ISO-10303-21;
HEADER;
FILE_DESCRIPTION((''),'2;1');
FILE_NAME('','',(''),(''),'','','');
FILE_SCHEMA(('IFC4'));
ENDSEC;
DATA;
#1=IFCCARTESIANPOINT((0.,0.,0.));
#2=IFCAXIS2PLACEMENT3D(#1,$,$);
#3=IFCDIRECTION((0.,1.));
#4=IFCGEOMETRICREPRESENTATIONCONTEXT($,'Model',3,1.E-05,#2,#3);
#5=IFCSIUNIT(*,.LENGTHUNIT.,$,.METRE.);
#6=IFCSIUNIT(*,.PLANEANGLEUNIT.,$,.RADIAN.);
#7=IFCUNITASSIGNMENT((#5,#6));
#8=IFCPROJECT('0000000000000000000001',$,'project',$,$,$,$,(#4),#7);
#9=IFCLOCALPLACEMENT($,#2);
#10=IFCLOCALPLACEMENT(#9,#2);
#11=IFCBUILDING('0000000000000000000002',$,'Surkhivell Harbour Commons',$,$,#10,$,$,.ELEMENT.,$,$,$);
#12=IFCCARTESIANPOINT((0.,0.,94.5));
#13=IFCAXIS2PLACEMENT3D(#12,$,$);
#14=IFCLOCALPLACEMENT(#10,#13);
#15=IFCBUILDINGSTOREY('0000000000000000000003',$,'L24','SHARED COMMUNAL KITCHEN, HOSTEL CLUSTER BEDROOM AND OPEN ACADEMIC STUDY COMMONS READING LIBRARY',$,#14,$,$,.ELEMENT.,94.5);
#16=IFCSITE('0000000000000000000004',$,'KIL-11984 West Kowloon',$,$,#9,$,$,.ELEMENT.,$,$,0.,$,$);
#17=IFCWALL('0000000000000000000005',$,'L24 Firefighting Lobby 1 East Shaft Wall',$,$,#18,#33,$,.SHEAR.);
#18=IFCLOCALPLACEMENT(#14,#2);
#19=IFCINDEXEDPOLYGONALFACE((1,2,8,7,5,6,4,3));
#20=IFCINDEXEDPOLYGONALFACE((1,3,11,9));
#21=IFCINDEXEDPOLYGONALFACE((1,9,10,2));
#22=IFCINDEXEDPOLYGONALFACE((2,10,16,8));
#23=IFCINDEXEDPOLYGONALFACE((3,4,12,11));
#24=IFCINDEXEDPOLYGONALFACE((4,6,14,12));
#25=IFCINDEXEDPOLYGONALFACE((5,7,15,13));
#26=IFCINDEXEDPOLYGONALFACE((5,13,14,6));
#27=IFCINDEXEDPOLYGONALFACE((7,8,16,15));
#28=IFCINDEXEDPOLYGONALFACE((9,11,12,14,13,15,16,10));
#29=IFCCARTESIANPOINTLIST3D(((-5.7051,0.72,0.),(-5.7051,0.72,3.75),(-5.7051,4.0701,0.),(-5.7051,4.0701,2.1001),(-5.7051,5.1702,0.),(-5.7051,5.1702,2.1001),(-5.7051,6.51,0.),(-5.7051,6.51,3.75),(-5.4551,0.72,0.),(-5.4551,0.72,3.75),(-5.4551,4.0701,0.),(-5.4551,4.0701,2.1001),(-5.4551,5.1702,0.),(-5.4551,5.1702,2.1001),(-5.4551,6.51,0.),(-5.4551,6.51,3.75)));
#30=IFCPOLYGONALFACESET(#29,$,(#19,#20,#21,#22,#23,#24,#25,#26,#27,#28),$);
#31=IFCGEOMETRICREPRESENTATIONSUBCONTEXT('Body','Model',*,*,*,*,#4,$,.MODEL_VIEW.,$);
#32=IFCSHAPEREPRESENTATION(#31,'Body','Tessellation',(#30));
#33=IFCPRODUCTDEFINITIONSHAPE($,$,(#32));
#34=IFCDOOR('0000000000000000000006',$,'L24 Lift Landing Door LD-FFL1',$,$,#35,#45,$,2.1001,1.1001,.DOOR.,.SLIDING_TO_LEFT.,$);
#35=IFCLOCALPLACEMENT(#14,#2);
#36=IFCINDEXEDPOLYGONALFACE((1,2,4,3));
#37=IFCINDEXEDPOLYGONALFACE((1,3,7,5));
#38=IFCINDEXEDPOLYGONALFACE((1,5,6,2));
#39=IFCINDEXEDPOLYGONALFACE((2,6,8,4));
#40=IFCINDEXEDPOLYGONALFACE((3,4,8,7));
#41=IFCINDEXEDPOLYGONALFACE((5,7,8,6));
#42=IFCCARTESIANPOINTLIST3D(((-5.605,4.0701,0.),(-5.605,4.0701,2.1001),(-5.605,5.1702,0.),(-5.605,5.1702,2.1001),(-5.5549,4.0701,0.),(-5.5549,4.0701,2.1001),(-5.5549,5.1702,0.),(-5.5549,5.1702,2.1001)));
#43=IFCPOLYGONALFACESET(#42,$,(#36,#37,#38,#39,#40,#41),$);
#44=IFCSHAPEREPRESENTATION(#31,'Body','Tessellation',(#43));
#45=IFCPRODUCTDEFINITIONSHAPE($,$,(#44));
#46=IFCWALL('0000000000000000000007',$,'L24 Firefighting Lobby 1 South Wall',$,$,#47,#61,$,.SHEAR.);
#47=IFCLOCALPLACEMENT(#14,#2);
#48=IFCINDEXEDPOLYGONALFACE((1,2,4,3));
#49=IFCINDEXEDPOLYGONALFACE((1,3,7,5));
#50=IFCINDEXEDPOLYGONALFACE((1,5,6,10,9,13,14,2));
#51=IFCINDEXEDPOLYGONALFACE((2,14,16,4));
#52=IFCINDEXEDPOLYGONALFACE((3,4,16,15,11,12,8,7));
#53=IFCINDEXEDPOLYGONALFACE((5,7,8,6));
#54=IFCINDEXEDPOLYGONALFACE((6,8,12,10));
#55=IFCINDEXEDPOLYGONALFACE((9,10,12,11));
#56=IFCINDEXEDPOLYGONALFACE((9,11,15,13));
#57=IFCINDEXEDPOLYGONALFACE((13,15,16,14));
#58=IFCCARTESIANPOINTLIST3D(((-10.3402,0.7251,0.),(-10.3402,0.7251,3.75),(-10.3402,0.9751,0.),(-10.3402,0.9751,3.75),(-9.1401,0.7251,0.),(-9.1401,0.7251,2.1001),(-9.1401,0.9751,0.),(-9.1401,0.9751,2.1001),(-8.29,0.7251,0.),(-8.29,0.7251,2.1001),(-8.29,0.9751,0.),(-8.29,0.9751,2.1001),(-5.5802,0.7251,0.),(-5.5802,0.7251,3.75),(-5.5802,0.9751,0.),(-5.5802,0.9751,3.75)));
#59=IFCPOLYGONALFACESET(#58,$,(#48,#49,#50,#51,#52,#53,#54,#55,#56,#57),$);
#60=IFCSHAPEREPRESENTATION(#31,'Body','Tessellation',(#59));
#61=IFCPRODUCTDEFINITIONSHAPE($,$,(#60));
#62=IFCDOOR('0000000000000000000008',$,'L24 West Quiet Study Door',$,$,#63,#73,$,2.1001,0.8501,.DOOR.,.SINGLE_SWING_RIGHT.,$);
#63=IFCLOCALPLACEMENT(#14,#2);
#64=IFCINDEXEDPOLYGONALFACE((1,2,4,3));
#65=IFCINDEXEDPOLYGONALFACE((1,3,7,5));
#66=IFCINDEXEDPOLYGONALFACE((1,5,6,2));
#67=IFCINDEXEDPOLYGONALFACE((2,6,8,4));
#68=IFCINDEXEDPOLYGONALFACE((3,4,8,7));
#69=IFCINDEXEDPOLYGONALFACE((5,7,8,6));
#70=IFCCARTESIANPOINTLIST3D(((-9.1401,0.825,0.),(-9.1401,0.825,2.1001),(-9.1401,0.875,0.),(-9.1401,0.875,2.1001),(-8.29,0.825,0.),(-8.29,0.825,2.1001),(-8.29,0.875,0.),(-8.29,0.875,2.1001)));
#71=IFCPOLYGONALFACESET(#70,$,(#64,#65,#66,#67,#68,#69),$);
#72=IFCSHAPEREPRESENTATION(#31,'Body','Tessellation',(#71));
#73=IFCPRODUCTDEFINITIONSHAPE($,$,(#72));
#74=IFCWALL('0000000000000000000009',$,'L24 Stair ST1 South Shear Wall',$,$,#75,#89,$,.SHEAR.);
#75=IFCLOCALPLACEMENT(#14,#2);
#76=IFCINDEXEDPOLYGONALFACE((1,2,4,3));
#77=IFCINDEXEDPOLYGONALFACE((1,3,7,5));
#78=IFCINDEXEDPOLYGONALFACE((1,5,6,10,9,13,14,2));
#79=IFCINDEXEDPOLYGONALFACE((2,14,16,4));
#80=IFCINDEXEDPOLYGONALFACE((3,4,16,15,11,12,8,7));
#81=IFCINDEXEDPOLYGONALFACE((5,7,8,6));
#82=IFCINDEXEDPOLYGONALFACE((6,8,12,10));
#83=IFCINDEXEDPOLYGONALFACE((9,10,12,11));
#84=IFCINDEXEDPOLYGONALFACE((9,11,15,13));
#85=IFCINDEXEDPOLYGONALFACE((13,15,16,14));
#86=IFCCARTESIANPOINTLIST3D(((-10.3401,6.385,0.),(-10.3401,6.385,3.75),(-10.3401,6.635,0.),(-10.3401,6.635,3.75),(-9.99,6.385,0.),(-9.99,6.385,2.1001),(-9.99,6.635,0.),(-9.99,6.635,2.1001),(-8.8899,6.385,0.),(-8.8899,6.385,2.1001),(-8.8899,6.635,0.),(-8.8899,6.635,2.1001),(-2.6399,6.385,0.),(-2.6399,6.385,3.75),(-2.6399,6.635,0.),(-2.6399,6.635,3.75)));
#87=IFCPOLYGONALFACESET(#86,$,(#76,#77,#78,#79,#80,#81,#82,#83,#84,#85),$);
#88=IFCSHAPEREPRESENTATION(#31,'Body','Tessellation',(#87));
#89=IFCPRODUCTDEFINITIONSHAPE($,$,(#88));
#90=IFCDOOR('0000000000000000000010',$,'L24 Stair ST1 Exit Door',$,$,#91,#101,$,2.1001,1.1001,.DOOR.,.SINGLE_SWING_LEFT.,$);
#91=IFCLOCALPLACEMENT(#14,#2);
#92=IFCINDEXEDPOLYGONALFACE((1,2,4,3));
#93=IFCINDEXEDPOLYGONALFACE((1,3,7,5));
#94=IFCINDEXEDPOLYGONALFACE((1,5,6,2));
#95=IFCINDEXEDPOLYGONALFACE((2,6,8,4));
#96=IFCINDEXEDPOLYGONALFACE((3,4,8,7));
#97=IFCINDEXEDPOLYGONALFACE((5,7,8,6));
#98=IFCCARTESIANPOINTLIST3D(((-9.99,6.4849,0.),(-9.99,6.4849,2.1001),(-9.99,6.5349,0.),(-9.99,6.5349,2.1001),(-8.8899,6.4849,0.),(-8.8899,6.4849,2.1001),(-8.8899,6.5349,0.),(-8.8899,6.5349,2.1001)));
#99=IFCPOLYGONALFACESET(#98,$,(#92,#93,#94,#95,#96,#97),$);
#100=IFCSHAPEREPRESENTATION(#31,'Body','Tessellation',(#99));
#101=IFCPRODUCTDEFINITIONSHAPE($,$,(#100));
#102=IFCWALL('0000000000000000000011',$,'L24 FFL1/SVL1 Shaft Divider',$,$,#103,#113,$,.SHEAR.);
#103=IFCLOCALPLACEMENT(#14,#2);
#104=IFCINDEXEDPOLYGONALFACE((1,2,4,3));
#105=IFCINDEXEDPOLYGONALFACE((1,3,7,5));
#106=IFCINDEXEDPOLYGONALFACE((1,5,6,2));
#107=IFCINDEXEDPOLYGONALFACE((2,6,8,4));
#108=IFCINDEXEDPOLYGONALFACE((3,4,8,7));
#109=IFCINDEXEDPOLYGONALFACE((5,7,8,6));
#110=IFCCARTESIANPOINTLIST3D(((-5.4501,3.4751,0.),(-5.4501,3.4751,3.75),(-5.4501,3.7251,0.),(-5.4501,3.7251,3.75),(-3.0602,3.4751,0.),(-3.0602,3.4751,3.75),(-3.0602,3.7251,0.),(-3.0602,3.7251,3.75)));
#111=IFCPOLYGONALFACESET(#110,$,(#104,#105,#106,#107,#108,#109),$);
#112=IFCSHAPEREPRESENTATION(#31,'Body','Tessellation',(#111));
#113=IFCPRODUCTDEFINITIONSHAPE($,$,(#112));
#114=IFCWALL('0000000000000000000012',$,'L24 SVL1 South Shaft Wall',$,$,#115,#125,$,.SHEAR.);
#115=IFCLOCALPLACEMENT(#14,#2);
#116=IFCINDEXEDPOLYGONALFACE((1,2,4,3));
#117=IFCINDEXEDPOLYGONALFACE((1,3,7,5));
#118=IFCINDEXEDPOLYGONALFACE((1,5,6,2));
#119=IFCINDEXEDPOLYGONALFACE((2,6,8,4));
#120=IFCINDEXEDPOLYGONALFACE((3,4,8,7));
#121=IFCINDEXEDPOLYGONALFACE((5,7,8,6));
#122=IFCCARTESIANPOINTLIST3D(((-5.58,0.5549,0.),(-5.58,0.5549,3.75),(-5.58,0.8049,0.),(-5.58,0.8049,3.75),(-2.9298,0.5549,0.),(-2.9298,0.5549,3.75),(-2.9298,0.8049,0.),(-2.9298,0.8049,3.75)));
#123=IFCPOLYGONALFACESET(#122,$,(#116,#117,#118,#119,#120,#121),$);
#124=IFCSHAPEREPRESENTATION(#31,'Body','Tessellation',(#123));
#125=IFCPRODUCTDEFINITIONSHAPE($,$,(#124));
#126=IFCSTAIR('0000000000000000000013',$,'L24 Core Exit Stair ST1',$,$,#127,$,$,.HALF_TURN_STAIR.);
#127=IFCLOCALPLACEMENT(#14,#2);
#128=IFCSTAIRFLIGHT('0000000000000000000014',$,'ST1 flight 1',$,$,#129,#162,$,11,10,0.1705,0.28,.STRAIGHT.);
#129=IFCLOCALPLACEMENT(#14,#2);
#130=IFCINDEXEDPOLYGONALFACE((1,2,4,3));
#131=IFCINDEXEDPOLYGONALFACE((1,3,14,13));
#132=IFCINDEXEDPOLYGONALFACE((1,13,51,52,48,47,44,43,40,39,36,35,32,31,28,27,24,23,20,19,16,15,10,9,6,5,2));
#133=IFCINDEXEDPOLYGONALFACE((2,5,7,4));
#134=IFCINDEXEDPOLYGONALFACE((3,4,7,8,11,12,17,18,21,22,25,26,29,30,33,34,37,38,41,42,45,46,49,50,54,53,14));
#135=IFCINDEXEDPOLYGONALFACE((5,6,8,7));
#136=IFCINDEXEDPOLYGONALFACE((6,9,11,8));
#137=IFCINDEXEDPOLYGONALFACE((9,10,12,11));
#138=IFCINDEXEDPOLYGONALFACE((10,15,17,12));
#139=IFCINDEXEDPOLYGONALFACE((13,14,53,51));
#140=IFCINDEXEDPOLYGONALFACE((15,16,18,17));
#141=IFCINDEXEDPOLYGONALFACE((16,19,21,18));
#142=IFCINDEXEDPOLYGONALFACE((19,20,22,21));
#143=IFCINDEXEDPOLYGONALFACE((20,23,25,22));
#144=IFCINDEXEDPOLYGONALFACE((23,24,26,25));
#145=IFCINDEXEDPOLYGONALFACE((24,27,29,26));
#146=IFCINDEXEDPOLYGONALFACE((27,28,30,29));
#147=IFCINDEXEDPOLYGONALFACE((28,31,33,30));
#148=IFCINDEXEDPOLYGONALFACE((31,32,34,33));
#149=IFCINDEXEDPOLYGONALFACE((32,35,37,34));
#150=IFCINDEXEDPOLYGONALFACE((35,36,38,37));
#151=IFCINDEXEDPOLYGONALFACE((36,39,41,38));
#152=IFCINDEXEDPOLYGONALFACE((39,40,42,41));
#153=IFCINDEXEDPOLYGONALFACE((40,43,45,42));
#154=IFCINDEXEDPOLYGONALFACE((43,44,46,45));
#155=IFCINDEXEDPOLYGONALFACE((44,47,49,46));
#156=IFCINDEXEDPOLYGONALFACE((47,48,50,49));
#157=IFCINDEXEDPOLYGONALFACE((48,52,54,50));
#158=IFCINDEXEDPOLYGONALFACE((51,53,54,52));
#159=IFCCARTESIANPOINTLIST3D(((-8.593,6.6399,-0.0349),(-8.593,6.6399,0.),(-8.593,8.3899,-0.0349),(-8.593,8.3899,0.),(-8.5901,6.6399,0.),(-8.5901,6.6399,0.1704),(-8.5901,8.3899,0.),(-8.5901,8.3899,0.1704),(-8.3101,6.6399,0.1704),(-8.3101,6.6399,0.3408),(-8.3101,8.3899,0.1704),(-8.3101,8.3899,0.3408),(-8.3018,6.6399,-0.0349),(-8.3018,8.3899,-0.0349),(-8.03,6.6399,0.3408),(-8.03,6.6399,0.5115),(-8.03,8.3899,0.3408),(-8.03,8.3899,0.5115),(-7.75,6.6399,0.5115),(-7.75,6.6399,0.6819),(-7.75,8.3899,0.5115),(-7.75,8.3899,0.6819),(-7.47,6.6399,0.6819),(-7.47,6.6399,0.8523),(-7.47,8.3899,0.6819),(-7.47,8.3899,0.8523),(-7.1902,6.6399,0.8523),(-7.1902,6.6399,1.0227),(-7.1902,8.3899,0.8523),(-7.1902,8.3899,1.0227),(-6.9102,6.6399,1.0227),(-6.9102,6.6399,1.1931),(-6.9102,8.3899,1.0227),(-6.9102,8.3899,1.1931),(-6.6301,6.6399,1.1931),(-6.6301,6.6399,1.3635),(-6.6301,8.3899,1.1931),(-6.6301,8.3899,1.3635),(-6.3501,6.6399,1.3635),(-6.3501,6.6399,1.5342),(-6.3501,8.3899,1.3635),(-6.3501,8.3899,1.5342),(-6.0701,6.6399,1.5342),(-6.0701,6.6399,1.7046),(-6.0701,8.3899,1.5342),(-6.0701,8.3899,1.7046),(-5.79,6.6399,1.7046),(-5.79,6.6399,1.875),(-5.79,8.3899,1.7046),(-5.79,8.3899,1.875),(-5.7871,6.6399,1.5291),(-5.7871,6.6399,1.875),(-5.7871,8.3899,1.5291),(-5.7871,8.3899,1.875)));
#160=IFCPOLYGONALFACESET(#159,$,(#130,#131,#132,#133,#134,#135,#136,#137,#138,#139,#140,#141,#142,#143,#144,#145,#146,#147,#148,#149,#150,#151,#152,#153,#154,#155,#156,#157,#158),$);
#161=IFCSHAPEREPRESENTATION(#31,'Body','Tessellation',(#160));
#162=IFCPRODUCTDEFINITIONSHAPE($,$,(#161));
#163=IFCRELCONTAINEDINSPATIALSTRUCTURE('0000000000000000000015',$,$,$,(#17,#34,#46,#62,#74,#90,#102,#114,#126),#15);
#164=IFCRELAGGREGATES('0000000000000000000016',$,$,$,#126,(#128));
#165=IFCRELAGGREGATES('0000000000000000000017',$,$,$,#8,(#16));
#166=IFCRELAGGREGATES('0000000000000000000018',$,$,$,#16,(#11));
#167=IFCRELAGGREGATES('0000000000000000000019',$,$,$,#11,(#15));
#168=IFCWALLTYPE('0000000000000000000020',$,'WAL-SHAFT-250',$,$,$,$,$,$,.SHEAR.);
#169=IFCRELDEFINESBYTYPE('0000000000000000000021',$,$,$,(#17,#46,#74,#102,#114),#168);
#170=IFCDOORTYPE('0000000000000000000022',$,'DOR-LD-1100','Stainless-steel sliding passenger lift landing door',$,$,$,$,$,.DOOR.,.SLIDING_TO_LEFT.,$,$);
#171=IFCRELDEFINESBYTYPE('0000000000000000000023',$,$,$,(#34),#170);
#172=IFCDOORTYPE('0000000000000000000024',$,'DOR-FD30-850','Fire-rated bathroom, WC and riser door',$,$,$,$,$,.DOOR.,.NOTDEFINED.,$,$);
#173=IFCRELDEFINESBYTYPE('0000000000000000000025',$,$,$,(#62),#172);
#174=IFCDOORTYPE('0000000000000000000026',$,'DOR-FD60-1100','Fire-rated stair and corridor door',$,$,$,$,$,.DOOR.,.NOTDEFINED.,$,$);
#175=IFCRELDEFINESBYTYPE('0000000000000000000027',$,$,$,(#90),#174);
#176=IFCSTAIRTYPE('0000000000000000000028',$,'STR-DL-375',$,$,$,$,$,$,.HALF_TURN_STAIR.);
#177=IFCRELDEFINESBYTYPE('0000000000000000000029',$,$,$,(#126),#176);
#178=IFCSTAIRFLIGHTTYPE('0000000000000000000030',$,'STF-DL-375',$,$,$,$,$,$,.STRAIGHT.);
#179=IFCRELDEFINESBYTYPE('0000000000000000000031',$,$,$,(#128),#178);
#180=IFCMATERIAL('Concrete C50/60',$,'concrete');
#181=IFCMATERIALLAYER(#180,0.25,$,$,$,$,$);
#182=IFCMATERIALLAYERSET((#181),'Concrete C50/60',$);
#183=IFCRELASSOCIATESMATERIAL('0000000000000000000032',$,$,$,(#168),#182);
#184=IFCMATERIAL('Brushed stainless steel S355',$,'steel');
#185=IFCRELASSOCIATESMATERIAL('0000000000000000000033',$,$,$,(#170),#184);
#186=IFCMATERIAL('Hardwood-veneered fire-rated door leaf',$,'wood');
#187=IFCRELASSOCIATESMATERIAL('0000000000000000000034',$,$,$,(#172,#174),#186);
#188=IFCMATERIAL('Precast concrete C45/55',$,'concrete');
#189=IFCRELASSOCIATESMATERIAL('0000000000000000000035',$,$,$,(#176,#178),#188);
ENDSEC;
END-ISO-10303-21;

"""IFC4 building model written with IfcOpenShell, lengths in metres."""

from ifc_helpers import new_model, si_unit, direction, frame, frame_2d, origin, place, context, subcontext, project, spatial, polyline, rectangle, outline, extrude, material, layer, layer_set, type_object, element, fill, aggregate, save


model = new_model("IFC4")

# Units and contexts
model_context = context("Model", 3, precision=1e-05, world=origin(), true_north=direction((0.0, 1.0)))
body_context = subcontext(model_context, "Body", "Model", "MODEL_VIEW")
ifc_project = project(units=[si_unit("LENGTHUNIT", "METRE"), si_unit("PLANEANGLEUNIT", "RADIAN")], contexts=[model_context])

# Site, building, storey
site_placement = place(None, origin())
site = spatial("IfcSite", under=ifc_project, at=site_placement, Name="KIL-11984 West Kowloon", CompositionType="ELEMENT", RefElevation=0.0)
building_placement = place(site_placement, origin())
building = spatial("IfcBuilding", under=site, at=building_placement, Name="Surkhivell Harbour Commons", CompositionType="ELEMENT")
storey_placement = place(building_placement, frame((0.0, 0.0, 94.5)))
storey = spatial("IfcBuildingStorey", under=building, at=storey_placement, Name="L24", Description="SHARED COMMUNAL KITCHEN, HOSTEL CLUSTER BEDROOM AND OPEN ACADEMIC STUDY COMMONS READING LIBRARY", CompositionType="ELEMENT", Elevation=94.5)

# Shared definitions
ifc_material_1 = material(Name="Hardwood-veneered fire-rated door leaf", Category="wood")

# Walls, openings, doors
ifc_material_2 = material(Name="Concrete C50/60", Category="concrete")
ifc_layer_1 = layer(ifc_material_2, 0.25)
ifc_layer_set_1 = layer_set([ifc_layer_1], Name="Concrete C50/60")
wall_type_1 = type_object("IfcWallType", Name="WAL-SHAFT-250", PredefinedType="SHEAR", material=ifc_layer_set_1)
wall_1_placement = place(storey_placement, frame((-5.5801, 0.72, 0.0), z_axis=(0.0, 0.0, 1.0), x_axis=(0.0, 1.0, 0.0)))
wall_1 = element("IfcWall", 1, at=wall_1_placement, inside=storey, type_object=wall_type_1, Name="L24 Firefighting Lobby 1 East Shaft Wall", PredefinedType="SHEAR", context=body_context, shape_type="SweptSolid", body=[
    extrude(rectangle(XDim=5.79, YDim=0.25, at=frame_2d((2.895, 0.0))), origin(), (0.0, 0.0, 1.0), 3.75),
])
opening_1_placement = place(wall_1_placement, frame((3.3501, 0.0, 0.0)))
opening_1 = element("IfcOpeningElement", 2, at=opening_1_placement, cuts=wall_1, PredefinedType="OPENING", context=body_context, shape_type="SweptSolid", body=[
    extrude(rectangle(XDim=1.1001, YDim=2.1001, at=frame_2d((0.55, 1.05))), frame((0.0, 0.135, 0.0), z_axis=(0.0, -1.0, 0.0), x_axis=(1.0, 0.0, 0.0)), (0.0, 0.0, 1.0), 0.27),
])
ifc_material_3 = material(Name="Brushed stainless steel S355", Category="steel")
door_type_1 = type_object("IfcDoorType", Name="DOR-LD-1100", Description="Stainless-steel sliding passenger lift landing door", OperationType="SLIDING_TO_LEFT", PredefinedType="DOOR", material=ifc_material_3)
door_1_placement = place(opening_1_placement, origin())
door_1 = element("IfcDoor", 3, at=door_1_placement, inside=storey, type_object=door_type_1, Name="L24 Lift Landing Door LD-FFL1", OperationType="SLIDING_TO_LEFT", OverallHeight=2.1001, OverallWidth=1.1001, PredefinedType="DOOR", context=body_context, shape_type="SweptSolid", body=[
    extrude(rectangle(XDim=1.1001, YDim=2.1001, at=frame_2d((0.55, 1.05))), frame((0.0, 0.0249, 0.0), z_axis=(0.0, -1.0, 0.0), x_axis=(1.0, 0.0, 0.0)), (0.0, 0.0, 1.0), 0.05),
])
fill(opening_1, door_1)
wall_2_placement = place(storey_placement, frame((-10.3401, 0.8501, 0.0), z_axis=(0.0, 0.0, 1.0), x_axis=(1.0, 0.0, 0.0)))
wall_2 = element("IfcWall", 4, at=wall_2_placement, inside=storey, type_object=wall_type_1, Name="L24 Firefighting Lobby 1 South Wall", PredefinedType="SHEAR", context=body_context, shape_type="SweptSolid", body=[
    extrude(rectangle(XDim=4.76, YDim=0.25, at=frame_2d((2.3799, 0.0))), origin(), (0.0, 0.0, 1.0), 3.75),
])
opening_2_placement = place(wall_2_placement, frame((1.2, 0.0, 0.0)))
opening_2 = element("IfcOpeningElement", 5, at=opening_2_placement, cuts=wall_2, PredefinedType="OPENING", context=body_context, shape_type="SweptSolid", body=[
    extrude(rectangle(XDim=0.8501, YDim=2.1001, at=frame_2d((0.425, 1.05))), frame((0.0, 0.135, 0.0), z_axis=(0.0, -1.0, 0.0), x_axis=(1.0, 0.0, 0.0)), (0.0, 0.0, 1.0), 0.27),
])
door_type_2 = type_object("IfcDoorType", Name="DOR-FD30-850", Description="Fire-rated bathroom, WC and riser door", OperationType="NOTDEFINED", PredefinedType="DOOR", material=ifc_material_1)
door_2_placement = place(opening_2_placement, origin())
door_2 = element("IfcDoor", 6, at=door_2_placement, inside=storey, type_object=door_type_2, Name="L24 West Quiet Study Door", OperationType="SINGLE_SWING_RIGHT", OverallHeight=2.1001, OverallWidth=0.8501, PredefinedType="DOOR", context=body_context, shape_type="SweptSolid", body=[
    extrude(rectangle(XDim=0.8501, YDim=2.1001, at=frame_2d((0.425, 1.05))), frame((0.0, 0.0249, 0.0), z_axis=(0.0, -1.0, 0.0), x_axis=(1.0, 0.0, 0.0)), (0.0, 0.0, 1.0), 0.05),
])
fill(opening_2, door_2)
wall_3_placement = place(storey_placement, frame((-10.3401, 6.51, 0.0), z_axis=(0.0, 0.0, 1.0), x_axis=(1.0, 0.0, 0.0)))
wall_3 = element("IfcWall", 7, at=wall_3_placement, inside=storey, type_object=wall_type_1, Name="L24 Stair ST1 South Shear Wall", PredefinedType="SHEAR", context=body_context, shape_type="SweptSolid", body=[
    extrude(rectangle(XDim=7.7002, YDim=0.25, at=frame_2d((3.8501, 0.0))), origin(), (0.0, 0.0, 1.0), 3.75),
])
opening_3_placement = place(wall_3_placement, frame((0.3501, 0.0, 0.0)))
opening_3 = element("IfcOpeningElement", 8, at=opening_3_placement, cuts=wall_3, PredefinedType="OPENING", context=body_context, shape_type="SweptSolid", body=[
    extrude(rectangle(XDim=1.1001, YDim=2.1001, at=frame_2d((0.55, 1.05))), frame((0.0, 0.135, 0.0), z_axis=(0.0, -1.0, 0.0), x_axis=(1.0, 0.0, 0.0)), (0.0, 0.0, 1.0), 0.27),
])
door_type_3 = type_object("IfcDoorType", Name="DOR-FD60-1100", Description="Fire-rated stair and corridor door", OperationType="NOTDEFINED", PredefinedType="DOOR", material=ifc_material_1)
door_3_placement = place(opening_3_placement, origin())
door_3 = element("IfcDoor", 9, at=door_3_placement, inside=storey, type_object=door_type_3, Name="L24 Stair ST1 Exit Door", OperationType="SINGLE_SWING_LEFT", OverallHeight=2.1001, OverallWidth=1.1001, PredefinedType="DOOR", context=body_context, shape_type="SweptSolid", body=[
    extrude(rectangle(XDim=1.1001, YDim=2.1001, at=frame_2d((0.55, 1.05))), frame((0.0, 0.0249, 0.0), z_axis=(0.0, -1.0, 0.0), x_axis=(1.0, 0.0, 0.0)), (0.0, 0.0, 1.0), 0.05),
])
fill(opening_3, door_3)

# Walls
wall_4_placement = place(storey_placement, frame((-5.45, 3.6001, 0.0), z_axis=(0.0, 0.0, 1.0), x_axis=(1.0, 0.0, 0.0)))
element("IfcWall", 10, at=wall_4_placement, inside=storey, type_object=wall_type_1, Name="L24 FFL1/SVL1 Shaft Divider", PredefinedType="SHEAR", context=body_context, shape_type="SweptSolid", body=[
    extrude(rectangle(XDim=2.3899, YDim=0.25, at=frame_2d((1.1948, 0.0))), origin(), (0.0, 0.0, 1.0), 3.75),
])
wall_5_placement = place(storey_placement, frame((-5.5801, 0.6799, 0.0), z_axis=(0.0, 0.0, 1.0), x_axis=(1.0, 0.0, 0.0)))
element("IfcWall", 11, at=wall_5_placement, inside=storey, type_object=wall_type_1, Name="L24 SVL1 South Shaft Wall", PredefinedType="SHEAR", context=body_context, shape_type="SweptSolid", body=[
    extrude(rectangle(XDim=2.6501, YDim=0.25, at=frame_2d((1.3252, 0.0))), origin(), (0.0, 0.0, 1.0), 3.75),
])

# Stair, stair flight
ifc_material_4 = material(Name="Precast concrete C45/55", Category="concrete")
stair_type = type_object("IfcStairType", Name="STR-DL-375", PredefinedType="HALF_TURN_STAIR", material=ifc_material_4)
stair_placement = place(storey_placement, origin())
stair = element("IfcStair", 12, at=stair_placement, inside=storey, type_object=stair_type, Name="L24 Core Exit Stair ST1", PredefinedType="HALF_TURN_STAIR")
stair_flight_type = type_object("IfcStairFlightType", Name="STF-DL-375", PredefinedType="STRAIGHT", material=ifc_material_4)
stair_flight_1_placement = place(storey_placement, frame((-8.5901, 7.5149, 0.0), z_axis=(0.0, 0.0, 1.0), x_axis=(1.0, 0.0, 0.0)))
stair_flight_1 = element("IfcStairFlight", 13, at=stair_flight_1_placement, type_object=stair_flight_type, Name="ST1 flight 1", NumberOfRisers=11, NumberOfTreads=10, PredefinedType="STRAIGHT", RiserHeight=0.1705, TreadLength=0.28, context=body_context, shape_type="SweptSolid", body=[
    extrude(outline(polyline([(-0.0029, -0.0349), (-0.0029, 0.0), (0.0, 0.0), (0.0, 0.1704), (0.28, 0.1704), (0.28, 0.3408), (0.5601, 0.3408), (0.5601, 0.5115), (0.8401, 0.5115), (0.8401, 0.6819), (1.1201, 0.6819), (1.1201, 0.8523), (1.3999, 0.8523), (1.3999, 1.0227), (1.6799, 1.0227), (1.6799, 1.1931), (1.96, 1.1931), (1.96, 1.3635), (2.24, 1.3635), (2.24, 1.5342), (2.52, 1.5342), (2.52, 1.7046), (2.8, 1.7046), (2.8, 1.875), (2.803, 1.875), (2.803, 1.5291), (0.2883, -0.0349), (-0.0029, -0.0349)])), frame((0.0, 0.875, 0.0), z_axis=(0.0, -1.0, 0.0), x_axis=(1.0, 0.0, 0.0)), (0.0, 0.0, 1.0), 1.75),
])
aggregate(stair, [stair_flight_1])

save(model, "model.ifc")
